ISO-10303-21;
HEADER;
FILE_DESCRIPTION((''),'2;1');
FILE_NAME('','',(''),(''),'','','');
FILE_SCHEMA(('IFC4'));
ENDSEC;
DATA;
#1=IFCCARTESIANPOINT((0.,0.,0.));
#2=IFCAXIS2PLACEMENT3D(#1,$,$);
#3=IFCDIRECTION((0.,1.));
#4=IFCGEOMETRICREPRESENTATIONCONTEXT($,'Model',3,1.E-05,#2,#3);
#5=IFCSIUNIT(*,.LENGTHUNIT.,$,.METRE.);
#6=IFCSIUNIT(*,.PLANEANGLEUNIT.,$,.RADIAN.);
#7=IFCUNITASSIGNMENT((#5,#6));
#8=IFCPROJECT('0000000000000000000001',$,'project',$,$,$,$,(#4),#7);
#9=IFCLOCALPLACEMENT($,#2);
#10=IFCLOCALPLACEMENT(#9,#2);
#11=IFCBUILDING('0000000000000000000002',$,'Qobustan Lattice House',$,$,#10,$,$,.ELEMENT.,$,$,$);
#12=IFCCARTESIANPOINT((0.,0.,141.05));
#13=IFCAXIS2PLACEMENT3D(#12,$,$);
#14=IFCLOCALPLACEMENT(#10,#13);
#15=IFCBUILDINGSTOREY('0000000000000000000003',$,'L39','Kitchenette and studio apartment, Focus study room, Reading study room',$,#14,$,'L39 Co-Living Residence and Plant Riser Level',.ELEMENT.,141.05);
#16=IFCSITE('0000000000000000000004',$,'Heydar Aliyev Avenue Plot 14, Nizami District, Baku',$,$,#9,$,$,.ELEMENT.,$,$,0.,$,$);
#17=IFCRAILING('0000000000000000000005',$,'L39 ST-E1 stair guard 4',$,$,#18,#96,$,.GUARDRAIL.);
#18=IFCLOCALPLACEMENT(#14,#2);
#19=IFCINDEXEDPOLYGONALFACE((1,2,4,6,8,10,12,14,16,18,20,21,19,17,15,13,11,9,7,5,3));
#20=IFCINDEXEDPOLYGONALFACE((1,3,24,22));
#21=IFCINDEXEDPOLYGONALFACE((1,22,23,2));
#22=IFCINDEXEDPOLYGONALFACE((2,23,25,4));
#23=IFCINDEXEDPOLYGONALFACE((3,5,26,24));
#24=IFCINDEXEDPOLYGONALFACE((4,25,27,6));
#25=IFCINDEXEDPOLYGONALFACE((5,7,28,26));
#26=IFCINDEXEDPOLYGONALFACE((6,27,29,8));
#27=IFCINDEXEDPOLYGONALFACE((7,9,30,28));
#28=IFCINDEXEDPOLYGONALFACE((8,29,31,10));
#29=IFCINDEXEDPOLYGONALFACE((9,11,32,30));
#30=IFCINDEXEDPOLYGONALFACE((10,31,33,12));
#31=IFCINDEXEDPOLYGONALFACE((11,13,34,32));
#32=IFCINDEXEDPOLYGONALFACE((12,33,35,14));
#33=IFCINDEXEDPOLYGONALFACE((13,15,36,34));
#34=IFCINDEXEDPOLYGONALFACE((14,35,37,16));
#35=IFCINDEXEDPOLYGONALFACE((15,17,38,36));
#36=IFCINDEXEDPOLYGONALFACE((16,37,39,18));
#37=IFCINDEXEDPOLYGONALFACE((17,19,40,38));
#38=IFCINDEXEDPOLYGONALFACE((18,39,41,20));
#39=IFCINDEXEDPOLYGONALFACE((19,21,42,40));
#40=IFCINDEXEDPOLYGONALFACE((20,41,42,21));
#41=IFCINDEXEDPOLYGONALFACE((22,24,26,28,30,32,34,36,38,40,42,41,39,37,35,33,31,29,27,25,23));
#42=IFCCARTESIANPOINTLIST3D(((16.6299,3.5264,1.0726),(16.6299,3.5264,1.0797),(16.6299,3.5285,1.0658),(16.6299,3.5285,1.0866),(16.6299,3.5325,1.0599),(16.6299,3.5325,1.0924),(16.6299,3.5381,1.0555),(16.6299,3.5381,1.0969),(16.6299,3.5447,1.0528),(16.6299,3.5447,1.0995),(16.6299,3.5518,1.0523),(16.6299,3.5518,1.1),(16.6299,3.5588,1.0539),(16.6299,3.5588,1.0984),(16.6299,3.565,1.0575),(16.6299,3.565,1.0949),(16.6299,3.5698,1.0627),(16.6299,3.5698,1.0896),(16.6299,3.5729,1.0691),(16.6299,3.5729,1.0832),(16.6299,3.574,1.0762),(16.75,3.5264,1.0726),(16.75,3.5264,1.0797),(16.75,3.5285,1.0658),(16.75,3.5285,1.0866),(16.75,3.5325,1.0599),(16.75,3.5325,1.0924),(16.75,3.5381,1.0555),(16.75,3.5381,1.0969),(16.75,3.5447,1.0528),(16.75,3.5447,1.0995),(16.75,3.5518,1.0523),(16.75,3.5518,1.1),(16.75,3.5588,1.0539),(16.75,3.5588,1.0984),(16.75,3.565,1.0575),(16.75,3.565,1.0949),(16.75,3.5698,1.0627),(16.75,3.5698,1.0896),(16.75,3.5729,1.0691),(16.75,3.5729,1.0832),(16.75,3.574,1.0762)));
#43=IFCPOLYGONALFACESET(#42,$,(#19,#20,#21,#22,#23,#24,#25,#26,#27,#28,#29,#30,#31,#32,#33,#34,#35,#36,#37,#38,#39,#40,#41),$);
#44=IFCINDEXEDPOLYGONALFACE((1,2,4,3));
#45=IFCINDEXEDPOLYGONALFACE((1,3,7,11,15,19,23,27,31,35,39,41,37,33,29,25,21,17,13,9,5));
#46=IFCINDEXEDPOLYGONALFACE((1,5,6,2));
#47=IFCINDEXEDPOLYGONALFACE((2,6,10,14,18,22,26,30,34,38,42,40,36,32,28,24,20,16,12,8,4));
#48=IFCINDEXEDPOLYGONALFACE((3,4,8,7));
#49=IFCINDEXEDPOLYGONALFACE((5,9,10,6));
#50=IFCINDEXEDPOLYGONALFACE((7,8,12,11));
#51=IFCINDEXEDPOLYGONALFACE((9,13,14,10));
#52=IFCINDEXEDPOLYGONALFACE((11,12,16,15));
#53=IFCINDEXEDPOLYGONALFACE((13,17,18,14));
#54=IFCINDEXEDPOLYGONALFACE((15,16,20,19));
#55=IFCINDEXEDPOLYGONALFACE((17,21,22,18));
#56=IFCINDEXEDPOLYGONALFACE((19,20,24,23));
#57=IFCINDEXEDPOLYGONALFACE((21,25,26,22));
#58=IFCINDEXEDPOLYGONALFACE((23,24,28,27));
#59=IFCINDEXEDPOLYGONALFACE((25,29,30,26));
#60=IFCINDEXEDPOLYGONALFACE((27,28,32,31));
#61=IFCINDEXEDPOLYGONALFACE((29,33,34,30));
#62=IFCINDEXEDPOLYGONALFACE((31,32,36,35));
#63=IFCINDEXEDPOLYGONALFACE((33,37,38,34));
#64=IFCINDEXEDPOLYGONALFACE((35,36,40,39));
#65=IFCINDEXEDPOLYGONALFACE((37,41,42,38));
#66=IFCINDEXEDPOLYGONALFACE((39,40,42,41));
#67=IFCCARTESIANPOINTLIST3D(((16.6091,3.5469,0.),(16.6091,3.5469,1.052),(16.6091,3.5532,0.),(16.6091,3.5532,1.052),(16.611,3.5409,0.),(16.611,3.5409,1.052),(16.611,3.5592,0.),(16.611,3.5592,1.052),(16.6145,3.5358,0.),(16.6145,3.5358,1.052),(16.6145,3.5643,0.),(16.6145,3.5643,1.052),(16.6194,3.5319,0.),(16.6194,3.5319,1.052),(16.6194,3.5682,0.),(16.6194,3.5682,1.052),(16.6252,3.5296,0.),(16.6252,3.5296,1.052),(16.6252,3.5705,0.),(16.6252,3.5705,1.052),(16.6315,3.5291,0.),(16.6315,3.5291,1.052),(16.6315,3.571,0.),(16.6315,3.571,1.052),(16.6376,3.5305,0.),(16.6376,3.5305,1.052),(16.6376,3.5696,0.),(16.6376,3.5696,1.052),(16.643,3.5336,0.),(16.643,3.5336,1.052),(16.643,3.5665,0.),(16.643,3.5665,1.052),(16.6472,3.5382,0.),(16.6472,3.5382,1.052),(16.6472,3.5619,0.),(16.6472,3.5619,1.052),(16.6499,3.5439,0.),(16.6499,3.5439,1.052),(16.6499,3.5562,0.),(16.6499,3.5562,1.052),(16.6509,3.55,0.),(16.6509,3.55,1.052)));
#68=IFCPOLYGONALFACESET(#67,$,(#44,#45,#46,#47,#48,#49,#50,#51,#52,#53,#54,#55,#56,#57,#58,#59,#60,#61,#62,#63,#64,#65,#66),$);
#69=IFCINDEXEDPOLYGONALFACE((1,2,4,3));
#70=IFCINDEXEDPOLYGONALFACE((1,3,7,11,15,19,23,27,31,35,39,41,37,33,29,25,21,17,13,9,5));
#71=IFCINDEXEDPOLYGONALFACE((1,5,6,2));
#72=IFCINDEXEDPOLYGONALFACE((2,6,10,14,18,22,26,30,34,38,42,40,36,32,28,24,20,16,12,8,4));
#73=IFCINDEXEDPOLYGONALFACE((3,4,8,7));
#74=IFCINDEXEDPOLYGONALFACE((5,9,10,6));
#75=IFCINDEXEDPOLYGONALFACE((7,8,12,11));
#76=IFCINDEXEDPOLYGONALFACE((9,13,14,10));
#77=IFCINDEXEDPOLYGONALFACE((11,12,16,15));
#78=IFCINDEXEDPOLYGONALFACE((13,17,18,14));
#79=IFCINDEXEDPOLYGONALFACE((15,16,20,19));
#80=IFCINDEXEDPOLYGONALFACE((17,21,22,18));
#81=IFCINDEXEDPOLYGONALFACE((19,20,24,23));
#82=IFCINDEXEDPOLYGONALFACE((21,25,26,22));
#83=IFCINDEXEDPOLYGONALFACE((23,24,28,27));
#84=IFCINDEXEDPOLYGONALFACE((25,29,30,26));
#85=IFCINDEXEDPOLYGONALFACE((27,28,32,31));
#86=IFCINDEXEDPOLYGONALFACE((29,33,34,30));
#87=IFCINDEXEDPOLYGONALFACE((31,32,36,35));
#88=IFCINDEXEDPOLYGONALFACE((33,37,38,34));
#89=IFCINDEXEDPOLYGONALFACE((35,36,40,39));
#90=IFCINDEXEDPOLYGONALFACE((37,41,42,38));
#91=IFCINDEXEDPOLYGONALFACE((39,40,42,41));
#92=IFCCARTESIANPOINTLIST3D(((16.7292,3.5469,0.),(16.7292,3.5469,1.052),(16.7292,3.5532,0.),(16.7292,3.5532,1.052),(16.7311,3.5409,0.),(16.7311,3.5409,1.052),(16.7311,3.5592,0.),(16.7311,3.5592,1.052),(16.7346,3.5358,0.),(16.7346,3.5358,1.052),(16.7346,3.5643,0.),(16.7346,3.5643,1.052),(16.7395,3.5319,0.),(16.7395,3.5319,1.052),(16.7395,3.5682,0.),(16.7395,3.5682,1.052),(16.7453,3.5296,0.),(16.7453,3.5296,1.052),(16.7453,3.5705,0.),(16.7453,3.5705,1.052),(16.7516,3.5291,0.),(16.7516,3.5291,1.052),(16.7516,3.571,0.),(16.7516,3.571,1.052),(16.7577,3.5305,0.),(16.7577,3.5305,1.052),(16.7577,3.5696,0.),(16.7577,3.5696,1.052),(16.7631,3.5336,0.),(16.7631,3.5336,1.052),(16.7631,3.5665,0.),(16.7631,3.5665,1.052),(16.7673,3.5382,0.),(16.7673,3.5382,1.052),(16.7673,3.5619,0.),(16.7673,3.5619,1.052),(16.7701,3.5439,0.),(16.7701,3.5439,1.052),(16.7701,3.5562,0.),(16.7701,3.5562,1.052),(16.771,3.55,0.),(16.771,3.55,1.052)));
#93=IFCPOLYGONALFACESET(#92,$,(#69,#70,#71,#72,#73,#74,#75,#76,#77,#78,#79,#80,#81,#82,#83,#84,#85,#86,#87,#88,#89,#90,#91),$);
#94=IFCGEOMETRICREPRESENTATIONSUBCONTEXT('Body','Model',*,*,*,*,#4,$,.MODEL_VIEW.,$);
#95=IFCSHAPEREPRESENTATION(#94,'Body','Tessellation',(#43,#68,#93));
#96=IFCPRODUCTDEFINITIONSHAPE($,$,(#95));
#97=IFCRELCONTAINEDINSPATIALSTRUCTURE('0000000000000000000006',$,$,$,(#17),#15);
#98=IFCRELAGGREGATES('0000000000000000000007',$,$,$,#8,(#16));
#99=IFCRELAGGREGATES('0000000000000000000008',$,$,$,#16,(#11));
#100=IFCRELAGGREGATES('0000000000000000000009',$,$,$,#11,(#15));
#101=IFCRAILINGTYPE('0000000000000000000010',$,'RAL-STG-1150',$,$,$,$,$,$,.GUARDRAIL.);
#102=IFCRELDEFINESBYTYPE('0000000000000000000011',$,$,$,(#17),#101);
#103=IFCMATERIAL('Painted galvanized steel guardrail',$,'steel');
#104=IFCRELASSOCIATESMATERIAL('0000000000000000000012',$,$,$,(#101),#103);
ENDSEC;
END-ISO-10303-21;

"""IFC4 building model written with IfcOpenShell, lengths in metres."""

from ifc_helpers import new_model, si_unit, direction, frame, origin, origin_2d, place, context, subcontext, project, spatial, circle, extrude, material, type_object, element, save


model = new_model("IFC4")

# Units and contexts
model_context = context("Model", 3, precision=1e-05, world=origin(), true_north=direction((0.0, 1.0)))
body_context = subcontext(model_context, "Body", "Model", "MODEL_VIEW")
ifc_project = project(units=[si_unit("LENGTHUNIT", "METRE"), si_unit("PLANEANGLEUNIT", "RADIAN")], contexts=[model_context])

# Site, building, storey
site_placement = place(None, origin())
site = spatial("IfcSite", under=ifc_project, at=site_placement, Name="Heydar Aliyev Avenue Plot 14, Nizami District, Baku", CompositionType="ELEMENT", RefElevation=0.0)
building_placement = place(site_placement, origin())
building = spatial("IfcBuilding", under=site, at=building_placement, Name="Qobustan Lattice House", CompositionType="ELEMENT")
storey_placement = place(building_placement, frame((0.0, 0.0, 141.05)))
storey = spatial("IfcBuildingStorey", under=building, at=storey_placement, Name="L39", Description="Kitchenette and studio apartment, Focus study room, Reading study room", LongName="L39 Co-Living Residence and Plant Riser Level", CompositionType="ELEMENT", Elevation=141.05)

# Railing
ifc_material_1 = material(Name="Painted galvanized steel guardrail", Category="steel")
railing_type_1 = type_object("IfcRailingType", Name="RAL-STG-1150", PredefinedType="GUARDRAIL", material=ifc_material_1)
railing_1_placement = place(storey_placement, frame((16.6299, 3.55, 0.0)))
element("IfcRailing", 1, at=railing_1_placement, inside=storey, type_object=railing_type_1, Name="L39 ST-E1 stair guard 4", PredefinedType="GUARDRAIL", context=body_context, shape_type="SweptSolid", body=[
    extrude(circle(Radius=0.0239, at=origin_2d()), frame((0.0, 0.0, 1.0762), z_axis=(1.0, 0.0, 0.0), x_axis=(0.0, 1.0, 0.0)), (0.0, 0.0, 1.0), 0.1201),
    extrude(circle(Radius=0.021, at=origin_2d()), origin(), (0.0, 0.0, 1.0), 1.052),
    extrude(circle(Radius=0.021, at=origin_2d()), frame((0.1201, 0.0, 0.0)), (0.0, 0.0, 1.0), 1.052),
])

save(model, "model.ifc")
